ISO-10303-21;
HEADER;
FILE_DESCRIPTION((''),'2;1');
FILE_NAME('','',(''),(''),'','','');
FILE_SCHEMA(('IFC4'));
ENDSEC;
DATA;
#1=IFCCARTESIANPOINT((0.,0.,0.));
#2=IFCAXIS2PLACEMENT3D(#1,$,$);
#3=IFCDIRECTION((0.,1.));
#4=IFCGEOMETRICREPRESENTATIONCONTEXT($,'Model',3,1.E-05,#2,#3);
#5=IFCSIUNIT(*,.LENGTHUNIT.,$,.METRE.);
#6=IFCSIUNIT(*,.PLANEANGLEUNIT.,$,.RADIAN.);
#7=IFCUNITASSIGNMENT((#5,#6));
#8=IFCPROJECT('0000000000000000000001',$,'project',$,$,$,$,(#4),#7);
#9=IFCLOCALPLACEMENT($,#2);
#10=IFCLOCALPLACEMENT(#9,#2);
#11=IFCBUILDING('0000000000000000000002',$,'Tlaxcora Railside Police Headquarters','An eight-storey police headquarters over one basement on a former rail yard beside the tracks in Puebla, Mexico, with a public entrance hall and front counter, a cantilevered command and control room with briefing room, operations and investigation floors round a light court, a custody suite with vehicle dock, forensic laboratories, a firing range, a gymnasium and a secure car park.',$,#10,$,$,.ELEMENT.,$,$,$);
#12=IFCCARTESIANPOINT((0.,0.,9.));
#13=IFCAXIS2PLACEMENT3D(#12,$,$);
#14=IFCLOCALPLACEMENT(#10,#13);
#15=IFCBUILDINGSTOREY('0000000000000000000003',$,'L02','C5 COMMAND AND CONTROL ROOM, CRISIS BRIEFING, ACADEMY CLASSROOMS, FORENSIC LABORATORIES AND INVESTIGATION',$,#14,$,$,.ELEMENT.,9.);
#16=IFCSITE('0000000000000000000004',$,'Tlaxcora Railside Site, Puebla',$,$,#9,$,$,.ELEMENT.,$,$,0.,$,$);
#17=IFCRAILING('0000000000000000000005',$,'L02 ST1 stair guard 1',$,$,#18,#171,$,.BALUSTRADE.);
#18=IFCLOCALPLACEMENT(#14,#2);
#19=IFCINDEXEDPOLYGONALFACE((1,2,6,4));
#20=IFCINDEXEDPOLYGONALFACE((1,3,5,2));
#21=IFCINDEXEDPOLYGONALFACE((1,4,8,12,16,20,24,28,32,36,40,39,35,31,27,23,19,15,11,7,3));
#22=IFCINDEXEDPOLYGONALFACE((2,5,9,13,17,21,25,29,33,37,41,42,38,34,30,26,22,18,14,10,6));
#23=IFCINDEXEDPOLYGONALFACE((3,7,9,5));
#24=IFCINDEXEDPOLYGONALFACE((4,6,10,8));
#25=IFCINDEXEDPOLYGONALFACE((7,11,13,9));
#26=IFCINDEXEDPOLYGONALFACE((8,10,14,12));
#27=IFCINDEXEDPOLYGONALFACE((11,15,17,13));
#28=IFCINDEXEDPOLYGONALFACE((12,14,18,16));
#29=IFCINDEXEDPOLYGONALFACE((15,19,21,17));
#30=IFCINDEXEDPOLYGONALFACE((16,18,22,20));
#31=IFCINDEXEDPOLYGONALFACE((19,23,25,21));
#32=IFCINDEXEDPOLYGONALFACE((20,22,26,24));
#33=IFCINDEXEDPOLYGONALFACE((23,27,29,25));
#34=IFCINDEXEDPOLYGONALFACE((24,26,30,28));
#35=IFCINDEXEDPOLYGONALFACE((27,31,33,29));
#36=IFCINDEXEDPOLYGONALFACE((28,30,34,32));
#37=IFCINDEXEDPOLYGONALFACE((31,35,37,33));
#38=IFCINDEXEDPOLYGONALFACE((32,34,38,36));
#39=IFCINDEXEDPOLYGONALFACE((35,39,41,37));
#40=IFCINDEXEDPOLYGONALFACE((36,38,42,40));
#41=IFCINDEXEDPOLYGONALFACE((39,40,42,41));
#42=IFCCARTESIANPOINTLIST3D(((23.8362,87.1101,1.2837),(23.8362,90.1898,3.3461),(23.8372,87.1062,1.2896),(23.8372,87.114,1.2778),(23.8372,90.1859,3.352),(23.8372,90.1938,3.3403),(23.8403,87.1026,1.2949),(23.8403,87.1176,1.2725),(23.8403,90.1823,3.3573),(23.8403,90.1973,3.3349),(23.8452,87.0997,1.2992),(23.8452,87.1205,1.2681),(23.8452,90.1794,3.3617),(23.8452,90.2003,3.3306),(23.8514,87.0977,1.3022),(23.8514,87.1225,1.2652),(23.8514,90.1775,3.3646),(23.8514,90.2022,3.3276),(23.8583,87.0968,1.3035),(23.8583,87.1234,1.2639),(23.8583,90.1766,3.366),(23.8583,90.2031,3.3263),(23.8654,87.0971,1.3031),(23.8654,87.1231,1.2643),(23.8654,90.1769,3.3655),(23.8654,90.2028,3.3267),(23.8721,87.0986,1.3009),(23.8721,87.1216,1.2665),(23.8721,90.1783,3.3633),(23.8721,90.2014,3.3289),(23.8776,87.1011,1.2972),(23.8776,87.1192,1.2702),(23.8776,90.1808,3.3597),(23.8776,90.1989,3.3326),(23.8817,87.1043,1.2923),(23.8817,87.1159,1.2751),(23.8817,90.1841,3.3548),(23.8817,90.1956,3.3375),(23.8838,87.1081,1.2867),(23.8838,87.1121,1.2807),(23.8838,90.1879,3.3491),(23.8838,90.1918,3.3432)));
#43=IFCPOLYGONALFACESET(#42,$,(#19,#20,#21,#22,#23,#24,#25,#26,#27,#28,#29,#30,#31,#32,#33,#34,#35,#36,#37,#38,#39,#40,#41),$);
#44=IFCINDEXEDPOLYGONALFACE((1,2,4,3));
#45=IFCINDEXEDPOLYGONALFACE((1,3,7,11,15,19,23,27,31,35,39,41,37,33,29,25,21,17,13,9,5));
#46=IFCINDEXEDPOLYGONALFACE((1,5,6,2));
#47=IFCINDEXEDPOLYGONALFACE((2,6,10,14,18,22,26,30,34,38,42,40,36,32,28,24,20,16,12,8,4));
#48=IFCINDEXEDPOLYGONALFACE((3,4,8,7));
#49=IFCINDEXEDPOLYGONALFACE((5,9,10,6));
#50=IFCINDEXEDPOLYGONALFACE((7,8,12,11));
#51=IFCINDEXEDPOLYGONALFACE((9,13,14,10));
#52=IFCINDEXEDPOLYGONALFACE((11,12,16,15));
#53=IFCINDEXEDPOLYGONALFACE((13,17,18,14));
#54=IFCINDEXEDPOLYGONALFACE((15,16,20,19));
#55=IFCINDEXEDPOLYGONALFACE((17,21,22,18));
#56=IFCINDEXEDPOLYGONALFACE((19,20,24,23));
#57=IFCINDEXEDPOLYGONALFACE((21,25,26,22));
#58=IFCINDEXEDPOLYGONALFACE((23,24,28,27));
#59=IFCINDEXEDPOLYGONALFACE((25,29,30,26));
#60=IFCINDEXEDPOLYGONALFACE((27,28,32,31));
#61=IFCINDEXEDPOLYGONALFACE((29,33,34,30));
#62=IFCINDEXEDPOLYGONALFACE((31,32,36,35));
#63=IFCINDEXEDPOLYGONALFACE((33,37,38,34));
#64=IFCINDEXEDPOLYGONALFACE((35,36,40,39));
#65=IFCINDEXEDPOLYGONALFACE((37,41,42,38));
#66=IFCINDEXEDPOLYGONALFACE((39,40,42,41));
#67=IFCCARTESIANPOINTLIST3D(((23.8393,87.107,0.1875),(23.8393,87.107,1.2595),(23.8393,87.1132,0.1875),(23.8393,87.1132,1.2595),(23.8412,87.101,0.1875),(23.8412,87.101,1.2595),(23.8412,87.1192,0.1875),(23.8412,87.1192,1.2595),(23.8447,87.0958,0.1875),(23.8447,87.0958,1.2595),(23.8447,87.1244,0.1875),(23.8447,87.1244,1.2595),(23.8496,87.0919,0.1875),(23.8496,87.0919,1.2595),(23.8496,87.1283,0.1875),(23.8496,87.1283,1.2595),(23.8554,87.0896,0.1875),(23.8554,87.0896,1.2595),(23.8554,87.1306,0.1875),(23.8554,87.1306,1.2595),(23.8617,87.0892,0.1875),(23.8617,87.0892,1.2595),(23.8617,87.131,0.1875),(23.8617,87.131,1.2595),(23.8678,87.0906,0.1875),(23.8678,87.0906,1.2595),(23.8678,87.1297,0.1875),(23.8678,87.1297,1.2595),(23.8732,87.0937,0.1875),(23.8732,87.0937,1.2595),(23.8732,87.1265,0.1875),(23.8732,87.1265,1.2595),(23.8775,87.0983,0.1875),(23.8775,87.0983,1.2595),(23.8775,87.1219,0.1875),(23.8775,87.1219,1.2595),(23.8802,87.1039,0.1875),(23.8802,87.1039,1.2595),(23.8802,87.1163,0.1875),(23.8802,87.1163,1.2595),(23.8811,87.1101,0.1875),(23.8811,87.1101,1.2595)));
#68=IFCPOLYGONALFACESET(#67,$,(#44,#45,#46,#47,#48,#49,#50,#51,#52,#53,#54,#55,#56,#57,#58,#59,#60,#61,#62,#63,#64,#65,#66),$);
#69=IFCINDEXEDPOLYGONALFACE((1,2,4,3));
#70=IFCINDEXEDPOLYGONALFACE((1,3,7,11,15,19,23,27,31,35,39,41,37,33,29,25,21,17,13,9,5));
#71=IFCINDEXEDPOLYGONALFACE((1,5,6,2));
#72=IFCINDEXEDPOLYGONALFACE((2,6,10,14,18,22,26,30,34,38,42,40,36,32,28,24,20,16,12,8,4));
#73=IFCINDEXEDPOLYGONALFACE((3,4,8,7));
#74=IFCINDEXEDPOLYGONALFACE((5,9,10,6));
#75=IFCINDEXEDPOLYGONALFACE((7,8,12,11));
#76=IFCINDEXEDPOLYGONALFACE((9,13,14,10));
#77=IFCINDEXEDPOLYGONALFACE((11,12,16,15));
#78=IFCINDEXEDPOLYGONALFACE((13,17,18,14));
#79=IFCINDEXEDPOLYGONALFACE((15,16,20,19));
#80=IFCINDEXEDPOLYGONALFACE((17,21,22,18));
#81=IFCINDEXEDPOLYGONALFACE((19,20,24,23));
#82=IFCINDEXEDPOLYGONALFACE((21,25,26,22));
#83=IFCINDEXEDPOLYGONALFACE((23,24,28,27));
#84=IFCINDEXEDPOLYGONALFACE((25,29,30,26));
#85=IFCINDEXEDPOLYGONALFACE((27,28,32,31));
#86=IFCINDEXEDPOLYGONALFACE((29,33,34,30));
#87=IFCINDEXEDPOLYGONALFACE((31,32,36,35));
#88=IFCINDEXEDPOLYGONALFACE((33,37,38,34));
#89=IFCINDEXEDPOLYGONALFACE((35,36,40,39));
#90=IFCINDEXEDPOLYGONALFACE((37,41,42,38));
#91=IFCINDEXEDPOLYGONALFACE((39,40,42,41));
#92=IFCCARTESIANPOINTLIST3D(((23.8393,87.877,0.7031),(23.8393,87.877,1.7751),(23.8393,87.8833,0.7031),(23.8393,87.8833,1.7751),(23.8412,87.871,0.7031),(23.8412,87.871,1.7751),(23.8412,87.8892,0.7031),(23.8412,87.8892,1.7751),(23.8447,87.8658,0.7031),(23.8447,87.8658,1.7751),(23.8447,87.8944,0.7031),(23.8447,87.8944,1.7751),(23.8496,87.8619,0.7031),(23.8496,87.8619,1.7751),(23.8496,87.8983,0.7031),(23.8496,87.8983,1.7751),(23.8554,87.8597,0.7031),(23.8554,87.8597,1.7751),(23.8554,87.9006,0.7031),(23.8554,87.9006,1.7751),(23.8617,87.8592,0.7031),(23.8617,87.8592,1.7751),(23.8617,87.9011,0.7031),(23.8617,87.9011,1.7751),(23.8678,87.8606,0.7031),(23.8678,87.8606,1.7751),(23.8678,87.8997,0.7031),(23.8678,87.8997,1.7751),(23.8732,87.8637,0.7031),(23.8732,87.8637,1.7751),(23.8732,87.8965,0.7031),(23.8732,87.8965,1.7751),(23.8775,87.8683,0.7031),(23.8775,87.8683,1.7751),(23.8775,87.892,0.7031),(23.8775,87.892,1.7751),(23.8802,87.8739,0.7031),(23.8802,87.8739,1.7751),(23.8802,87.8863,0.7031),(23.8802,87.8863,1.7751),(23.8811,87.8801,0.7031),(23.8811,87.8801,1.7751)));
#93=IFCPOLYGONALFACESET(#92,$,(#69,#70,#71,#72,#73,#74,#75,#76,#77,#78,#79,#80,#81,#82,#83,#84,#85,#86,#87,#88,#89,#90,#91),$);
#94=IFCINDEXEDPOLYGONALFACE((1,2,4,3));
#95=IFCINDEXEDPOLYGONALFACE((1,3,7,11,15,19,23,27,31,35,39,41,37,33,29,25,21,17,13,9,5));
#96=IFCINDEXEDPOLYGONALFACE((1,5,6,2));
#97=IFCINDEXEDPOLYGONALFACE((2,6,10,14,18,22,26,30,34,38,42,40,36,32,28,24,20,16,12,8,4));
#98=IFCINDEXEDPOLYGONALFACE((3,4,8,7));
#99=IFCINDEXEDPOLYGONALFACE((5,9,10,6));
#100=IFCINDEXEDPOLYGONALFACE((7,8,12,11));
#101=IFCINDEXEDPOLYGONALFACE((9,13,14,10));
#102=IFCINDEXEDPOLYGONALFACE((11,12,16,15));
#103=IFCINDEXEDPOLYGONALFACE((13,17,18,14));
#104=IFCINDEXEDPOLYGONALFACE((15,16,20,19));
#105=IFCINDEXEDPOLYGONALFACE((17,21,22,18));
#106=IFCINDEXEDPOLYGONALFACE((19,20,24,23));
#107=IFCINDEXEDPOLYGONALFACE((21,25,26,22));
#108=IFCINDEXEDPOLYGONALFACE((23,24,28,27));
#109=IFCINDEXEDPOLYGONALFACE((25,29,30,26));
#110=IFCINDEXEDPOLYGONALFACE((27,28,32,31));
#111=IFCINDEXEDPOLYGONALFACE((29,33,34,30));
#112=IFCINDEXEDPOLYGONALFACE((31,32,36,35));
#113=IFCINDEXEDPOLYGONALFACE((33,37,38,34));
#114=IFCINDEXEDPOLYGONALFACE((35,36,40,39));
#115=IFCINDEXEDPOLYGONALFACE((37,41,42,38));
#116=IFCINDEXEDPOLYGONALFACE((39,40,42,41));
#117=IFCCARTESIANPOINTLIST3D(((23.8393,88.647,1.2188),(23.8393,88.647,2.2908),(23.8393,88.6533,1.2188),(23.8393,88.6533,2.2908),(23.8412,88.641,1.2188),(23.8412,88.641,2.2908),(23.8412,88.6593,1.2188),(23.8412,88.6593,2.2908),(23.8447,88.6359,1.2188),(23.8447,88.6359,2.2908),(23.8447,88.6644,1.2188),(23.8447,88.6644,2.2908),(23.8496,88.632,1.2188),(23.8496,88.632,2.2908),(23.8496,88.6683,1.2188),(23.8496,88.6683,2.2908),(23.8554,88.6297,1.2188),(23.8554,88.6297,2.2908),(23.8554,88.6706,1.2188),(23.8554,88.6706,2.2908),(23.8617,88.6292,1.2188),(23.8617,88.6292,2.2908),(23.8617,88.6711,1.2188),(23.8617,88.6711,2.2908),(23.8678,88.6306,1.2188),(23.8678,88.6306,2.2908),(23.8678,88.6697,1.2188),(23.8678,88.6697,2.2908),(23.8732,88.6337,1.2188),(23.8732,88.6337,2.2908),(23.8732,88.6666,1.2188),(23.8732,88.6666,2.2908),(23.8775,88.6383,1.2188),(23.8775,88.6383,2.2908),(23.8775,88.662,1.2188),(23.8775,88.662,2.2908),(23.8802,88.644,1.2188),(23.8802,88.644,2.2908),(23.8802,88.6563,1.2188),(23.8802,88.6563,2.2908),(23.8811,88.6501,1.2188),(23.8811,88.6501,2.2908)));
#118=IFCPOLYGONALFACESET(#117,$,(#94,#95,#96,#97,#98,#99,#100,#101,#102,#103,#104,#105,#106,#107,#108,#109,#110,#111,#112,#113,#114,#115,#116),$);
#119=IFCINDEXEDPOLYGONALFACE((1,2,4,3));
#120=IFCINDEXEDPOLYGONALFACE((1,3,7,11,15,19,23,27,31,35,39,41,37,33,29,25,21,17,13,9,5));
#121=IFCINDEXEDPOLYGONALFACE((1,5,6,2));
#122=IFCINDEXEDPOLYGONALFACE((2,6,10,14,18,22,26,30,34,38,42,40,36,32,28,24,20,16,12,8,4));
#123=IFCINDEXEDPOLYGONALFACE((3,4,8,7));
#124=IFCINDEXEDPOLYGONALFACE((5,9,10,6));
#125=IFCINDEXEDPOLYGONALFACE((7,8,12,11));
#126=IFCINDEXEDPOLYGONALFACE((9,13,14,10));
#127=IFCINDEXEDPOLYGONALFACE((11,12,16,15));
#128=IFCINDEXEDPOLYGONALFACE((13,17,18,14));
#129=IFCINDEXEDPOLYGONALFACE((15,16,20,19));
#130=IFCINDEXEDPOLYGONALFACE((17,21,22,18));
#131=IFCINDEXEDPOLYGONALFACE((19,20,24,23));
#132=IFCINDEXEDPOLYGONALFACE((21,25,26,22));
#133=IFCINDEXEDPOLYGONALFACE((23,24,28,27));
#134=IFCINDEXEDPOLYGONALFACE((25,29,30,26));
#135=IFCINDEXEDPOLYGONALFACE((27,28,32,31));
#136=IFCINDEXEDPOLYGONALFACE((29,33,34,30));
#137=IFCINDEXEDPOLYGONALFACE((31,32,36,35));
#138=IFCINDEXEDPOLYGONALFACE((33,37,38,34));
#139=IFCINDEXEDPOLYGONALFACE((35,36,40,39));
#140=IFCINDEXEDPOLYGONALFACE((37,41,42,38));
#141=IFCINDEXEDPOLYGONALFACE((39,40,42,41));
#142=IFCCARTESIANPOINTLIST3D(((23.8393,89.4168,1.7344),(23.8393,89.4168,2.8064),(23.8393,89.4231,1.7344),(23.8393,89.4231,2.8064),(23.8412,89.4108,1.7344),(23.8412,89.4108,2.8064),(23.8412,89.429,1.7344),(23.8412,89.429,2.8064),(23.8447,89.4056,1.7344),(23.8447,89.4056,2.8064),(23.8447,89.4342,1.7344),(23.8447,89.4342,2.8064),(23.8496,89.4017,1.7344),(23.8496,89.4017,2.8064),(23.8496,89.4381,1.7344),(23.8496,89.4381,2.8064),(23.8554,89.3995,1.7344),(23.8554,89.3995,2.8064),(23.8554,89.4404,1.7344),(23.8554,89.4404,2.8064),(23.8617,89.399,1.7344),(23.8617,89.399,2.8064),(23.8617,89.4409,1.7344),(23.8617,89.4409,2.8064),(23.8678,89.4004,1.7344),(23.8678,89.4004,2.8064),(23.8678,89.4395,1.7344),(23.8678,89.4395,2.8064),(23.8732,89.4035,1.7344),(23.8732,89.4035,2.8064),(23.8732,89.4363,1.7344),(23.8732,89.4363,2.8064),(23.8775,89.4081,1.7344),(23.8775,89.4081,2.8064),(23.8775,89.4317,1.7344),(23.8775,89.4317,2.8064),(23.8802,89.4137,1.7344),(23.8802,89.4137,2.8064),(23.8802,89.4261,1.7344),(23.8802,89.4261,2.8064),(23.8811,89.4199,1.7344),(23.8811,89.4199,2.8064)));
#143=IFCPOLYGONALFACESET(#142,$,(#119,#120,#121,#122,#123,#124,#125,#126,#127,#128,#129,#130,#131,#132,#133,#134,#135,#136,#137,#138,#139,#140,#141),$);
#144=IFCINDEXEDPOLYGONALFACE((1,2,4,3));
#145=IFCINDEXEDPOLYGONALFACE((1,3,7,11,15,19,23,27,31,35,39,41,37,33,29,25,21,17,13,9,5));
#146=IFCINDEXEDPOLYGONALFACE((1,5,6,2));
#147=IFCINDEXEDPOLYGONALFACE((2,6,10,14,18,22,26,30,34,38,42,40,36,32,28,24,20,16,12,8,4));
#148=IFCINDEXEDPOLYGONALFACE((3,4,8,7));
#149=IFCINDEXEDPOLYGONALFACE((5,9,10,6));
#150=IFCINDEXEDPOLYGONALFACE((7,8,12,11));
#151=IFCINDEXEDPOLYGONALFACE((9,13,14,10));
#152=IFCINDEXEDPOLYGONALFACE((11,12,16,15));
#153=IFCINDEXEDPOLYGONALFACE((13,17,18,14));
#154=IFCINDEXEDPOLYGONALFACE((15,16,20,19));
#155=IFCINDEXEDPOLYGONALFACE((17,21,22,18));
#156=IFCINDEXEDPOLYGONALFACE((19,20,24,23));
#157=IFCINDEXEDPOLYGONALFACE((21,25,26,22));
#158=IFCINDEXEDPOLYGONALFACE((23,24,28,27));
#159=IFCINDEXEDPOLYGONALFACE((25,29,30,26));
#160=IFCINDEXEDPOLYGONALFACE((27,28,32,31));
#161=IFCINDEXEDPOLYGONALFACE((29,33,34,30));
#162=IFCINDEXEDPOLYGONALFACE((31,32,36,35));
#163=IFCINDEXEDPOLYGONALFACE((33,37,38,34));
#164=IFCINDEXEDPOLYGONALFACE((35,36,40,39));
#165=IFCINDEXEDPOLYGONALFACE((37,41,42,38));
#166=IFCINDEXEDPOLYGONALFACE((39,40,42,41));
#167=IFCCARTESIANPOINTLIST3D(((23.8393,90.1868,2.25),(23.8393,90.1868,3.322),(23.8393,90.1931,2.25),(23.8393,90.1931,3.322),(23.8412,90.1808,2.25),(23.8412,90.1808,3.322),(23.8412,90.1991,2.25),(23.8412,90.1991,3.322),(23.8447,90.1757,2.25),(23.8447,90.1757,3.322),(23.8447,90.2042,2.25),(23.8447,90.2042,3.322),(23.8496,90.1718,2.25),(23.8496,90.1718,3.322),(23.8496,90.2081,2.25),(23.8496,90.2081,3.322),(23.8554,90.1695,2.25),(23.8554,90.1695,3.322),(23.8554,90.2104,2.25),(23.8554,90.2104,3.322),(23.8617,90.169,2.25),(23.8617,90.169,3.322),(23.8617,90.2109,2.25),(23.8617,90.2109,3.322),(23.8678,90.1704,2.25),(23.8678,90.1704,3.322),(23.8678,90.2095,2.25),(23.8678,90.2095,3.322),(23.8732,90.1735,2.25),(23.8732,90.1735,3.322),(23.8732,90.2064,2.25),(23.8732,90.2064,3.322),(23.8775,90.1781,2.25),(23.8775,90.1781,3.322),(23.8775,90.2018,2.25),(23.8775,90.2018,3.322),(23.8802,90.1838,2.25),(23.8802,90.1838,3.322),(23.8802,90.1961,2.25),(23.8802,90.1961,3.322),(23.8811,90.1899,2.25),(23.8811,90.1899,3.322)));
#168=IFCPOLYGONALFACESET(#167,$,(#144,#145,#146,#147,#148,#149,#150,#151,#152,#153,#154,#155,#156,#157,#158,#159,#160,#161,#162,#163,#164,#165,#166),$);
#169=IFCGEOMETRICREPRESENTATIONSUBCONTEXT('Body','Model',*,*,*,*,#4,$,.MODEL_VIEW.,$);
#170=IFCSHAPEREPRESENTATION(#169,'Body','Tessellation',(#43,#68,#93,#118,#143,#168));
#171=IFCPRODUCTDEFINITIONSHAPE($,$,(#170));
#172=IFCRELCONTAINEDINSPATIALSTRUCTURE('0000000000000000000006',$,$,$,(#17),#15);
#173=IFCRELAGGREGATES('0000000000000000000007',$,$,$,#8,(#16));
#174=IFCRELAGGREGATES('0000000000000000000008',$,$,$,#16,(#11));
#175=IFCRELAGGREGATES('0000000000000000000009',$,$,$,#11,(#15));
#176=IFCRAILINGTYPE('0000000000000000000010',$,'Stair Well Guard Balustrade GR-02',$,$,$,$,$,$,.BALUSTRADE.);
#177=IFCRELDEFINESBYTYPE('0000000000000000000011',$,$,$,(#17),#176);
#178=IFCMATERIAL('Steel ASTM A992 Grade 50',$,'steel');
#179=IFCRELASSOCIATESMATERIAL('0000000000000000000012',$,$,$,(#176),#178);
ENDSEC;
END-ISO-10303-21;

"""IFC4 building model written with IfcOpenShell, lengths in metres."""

from ifc_helpers import new_model, si_unit, direction, frame, origin, origin_2d, place, context, subcontext, project, spatial, circle, extrude, material, type_object, element, save


model = new_model("IFC4")

# Units and contexts
model_context = context("Model", 3, precision=1e-05, world=origin(), true_north=direction((0.0, 1.0)))
body_context = subcontext(model_context, "Body", "Model", "MODEL_VIEW")
ifc_project = project(units=[si_unit("LENGTHUNIT", "METRE"), si_unit("PLANEANGLEUNIT", "RADIAN")], contexts=[model_context])

# Site, building, storey
site_placement = place(None, origin())
site = spatial("IfcSite", under=ifc_project, at=site_placement, Name="Tlaxcora Railside Site, Puebla", CompositionType="ELEMENT", RefElevation=0.0)
building_placement = place(site_placement, origin())
building = spatial("IfcBuilding", under=site, at=building_placement, Name="Tlaxcora Railside Police Headquarters", Description="An eight-storey police headquarters over one basement on a former rail yard beside the tracks in Puebla, Mexico, with a public entrance hall and front counter, a cantilevered command and control room with briefing room, operations and investigation floors round a light court, a custody suite with vehicle dock, forensic laboratories, a firing range, a gymnasium and a secure car park.", CompositionType="ELEMENT")
storey_placement = place(building_placement, frame((0.0, 0.0, 9.0)))
storey = spatial("IfcBuildingStorey", under=building, at=storey_placement, Name="L02", Description="C5 COMMAND AND CONTROL ROOM, CRISIS BRIEFING, ACADEMY CLASSROOMS, FORENSIC LABORATORIES AND INVESTIGATION", CompositionType="ELEMENT", Elevation=9.0)

# Shared definitions
ifc_material_1 = material(Name="Steel ASTM A992 Grade 50", Category="steel")

# Railing
railing_type_1 = type_object("IfcRailingType", Name="Stair Well Guard Balustrade GR-02", PredefinedType="BALUSTRADE", material=ifc_material_1)
railing_1_placement = place(storey_placement, frame((23.8601, 87.1101, 0.1875)))
element("IfcRailing", 1, at=railing_1_placement, inside=storey, type_object=railing_type_1, Name="L02 ST1 stair guard 1", PredefinedType="BALUSTRADE", context=body_context, shape_type="SweptSolid", body=[
    extrude(circle(Radius=0.0239, at=origin_2d()), frame((0.0, 0.0, 1.0962), z_axis=(0.0, 0.830893, 0.556432), x_axis=(-1.0, 0.0, 0.0)), (0.0, 0.0, 1.0), 3.7065),
    extrude(circle(Radius=0.021, at=origin_2d()), origin(), (0.0, 0.0, 1.0), 1.072),
    extrude(circle(Radius=0.021, at=origin_2d()), frame((0.0, 0.77, 0.5156)), (0.0, 0.0, 1.0), 1.072),
    extrude(circle(Radius=0.021, at=origin_2d()), frame((0.0, 1.54, 1.0312)), (0.0, 0.0, 1.0), 1.072),
    extrude(circle(Radius=0.021, at=origin_2d()), frame((0.0, 2.3098, 1.5469)), (0.0, 0.0, 1.0), 1.072),
    extrude(circle(Radius=0.021, at=origin_2d()), frame((0.0, 3.0798, 2.0625)), (0.0, 0.0, 1.0), 1.072),
])

save(model, "model.ifc")
